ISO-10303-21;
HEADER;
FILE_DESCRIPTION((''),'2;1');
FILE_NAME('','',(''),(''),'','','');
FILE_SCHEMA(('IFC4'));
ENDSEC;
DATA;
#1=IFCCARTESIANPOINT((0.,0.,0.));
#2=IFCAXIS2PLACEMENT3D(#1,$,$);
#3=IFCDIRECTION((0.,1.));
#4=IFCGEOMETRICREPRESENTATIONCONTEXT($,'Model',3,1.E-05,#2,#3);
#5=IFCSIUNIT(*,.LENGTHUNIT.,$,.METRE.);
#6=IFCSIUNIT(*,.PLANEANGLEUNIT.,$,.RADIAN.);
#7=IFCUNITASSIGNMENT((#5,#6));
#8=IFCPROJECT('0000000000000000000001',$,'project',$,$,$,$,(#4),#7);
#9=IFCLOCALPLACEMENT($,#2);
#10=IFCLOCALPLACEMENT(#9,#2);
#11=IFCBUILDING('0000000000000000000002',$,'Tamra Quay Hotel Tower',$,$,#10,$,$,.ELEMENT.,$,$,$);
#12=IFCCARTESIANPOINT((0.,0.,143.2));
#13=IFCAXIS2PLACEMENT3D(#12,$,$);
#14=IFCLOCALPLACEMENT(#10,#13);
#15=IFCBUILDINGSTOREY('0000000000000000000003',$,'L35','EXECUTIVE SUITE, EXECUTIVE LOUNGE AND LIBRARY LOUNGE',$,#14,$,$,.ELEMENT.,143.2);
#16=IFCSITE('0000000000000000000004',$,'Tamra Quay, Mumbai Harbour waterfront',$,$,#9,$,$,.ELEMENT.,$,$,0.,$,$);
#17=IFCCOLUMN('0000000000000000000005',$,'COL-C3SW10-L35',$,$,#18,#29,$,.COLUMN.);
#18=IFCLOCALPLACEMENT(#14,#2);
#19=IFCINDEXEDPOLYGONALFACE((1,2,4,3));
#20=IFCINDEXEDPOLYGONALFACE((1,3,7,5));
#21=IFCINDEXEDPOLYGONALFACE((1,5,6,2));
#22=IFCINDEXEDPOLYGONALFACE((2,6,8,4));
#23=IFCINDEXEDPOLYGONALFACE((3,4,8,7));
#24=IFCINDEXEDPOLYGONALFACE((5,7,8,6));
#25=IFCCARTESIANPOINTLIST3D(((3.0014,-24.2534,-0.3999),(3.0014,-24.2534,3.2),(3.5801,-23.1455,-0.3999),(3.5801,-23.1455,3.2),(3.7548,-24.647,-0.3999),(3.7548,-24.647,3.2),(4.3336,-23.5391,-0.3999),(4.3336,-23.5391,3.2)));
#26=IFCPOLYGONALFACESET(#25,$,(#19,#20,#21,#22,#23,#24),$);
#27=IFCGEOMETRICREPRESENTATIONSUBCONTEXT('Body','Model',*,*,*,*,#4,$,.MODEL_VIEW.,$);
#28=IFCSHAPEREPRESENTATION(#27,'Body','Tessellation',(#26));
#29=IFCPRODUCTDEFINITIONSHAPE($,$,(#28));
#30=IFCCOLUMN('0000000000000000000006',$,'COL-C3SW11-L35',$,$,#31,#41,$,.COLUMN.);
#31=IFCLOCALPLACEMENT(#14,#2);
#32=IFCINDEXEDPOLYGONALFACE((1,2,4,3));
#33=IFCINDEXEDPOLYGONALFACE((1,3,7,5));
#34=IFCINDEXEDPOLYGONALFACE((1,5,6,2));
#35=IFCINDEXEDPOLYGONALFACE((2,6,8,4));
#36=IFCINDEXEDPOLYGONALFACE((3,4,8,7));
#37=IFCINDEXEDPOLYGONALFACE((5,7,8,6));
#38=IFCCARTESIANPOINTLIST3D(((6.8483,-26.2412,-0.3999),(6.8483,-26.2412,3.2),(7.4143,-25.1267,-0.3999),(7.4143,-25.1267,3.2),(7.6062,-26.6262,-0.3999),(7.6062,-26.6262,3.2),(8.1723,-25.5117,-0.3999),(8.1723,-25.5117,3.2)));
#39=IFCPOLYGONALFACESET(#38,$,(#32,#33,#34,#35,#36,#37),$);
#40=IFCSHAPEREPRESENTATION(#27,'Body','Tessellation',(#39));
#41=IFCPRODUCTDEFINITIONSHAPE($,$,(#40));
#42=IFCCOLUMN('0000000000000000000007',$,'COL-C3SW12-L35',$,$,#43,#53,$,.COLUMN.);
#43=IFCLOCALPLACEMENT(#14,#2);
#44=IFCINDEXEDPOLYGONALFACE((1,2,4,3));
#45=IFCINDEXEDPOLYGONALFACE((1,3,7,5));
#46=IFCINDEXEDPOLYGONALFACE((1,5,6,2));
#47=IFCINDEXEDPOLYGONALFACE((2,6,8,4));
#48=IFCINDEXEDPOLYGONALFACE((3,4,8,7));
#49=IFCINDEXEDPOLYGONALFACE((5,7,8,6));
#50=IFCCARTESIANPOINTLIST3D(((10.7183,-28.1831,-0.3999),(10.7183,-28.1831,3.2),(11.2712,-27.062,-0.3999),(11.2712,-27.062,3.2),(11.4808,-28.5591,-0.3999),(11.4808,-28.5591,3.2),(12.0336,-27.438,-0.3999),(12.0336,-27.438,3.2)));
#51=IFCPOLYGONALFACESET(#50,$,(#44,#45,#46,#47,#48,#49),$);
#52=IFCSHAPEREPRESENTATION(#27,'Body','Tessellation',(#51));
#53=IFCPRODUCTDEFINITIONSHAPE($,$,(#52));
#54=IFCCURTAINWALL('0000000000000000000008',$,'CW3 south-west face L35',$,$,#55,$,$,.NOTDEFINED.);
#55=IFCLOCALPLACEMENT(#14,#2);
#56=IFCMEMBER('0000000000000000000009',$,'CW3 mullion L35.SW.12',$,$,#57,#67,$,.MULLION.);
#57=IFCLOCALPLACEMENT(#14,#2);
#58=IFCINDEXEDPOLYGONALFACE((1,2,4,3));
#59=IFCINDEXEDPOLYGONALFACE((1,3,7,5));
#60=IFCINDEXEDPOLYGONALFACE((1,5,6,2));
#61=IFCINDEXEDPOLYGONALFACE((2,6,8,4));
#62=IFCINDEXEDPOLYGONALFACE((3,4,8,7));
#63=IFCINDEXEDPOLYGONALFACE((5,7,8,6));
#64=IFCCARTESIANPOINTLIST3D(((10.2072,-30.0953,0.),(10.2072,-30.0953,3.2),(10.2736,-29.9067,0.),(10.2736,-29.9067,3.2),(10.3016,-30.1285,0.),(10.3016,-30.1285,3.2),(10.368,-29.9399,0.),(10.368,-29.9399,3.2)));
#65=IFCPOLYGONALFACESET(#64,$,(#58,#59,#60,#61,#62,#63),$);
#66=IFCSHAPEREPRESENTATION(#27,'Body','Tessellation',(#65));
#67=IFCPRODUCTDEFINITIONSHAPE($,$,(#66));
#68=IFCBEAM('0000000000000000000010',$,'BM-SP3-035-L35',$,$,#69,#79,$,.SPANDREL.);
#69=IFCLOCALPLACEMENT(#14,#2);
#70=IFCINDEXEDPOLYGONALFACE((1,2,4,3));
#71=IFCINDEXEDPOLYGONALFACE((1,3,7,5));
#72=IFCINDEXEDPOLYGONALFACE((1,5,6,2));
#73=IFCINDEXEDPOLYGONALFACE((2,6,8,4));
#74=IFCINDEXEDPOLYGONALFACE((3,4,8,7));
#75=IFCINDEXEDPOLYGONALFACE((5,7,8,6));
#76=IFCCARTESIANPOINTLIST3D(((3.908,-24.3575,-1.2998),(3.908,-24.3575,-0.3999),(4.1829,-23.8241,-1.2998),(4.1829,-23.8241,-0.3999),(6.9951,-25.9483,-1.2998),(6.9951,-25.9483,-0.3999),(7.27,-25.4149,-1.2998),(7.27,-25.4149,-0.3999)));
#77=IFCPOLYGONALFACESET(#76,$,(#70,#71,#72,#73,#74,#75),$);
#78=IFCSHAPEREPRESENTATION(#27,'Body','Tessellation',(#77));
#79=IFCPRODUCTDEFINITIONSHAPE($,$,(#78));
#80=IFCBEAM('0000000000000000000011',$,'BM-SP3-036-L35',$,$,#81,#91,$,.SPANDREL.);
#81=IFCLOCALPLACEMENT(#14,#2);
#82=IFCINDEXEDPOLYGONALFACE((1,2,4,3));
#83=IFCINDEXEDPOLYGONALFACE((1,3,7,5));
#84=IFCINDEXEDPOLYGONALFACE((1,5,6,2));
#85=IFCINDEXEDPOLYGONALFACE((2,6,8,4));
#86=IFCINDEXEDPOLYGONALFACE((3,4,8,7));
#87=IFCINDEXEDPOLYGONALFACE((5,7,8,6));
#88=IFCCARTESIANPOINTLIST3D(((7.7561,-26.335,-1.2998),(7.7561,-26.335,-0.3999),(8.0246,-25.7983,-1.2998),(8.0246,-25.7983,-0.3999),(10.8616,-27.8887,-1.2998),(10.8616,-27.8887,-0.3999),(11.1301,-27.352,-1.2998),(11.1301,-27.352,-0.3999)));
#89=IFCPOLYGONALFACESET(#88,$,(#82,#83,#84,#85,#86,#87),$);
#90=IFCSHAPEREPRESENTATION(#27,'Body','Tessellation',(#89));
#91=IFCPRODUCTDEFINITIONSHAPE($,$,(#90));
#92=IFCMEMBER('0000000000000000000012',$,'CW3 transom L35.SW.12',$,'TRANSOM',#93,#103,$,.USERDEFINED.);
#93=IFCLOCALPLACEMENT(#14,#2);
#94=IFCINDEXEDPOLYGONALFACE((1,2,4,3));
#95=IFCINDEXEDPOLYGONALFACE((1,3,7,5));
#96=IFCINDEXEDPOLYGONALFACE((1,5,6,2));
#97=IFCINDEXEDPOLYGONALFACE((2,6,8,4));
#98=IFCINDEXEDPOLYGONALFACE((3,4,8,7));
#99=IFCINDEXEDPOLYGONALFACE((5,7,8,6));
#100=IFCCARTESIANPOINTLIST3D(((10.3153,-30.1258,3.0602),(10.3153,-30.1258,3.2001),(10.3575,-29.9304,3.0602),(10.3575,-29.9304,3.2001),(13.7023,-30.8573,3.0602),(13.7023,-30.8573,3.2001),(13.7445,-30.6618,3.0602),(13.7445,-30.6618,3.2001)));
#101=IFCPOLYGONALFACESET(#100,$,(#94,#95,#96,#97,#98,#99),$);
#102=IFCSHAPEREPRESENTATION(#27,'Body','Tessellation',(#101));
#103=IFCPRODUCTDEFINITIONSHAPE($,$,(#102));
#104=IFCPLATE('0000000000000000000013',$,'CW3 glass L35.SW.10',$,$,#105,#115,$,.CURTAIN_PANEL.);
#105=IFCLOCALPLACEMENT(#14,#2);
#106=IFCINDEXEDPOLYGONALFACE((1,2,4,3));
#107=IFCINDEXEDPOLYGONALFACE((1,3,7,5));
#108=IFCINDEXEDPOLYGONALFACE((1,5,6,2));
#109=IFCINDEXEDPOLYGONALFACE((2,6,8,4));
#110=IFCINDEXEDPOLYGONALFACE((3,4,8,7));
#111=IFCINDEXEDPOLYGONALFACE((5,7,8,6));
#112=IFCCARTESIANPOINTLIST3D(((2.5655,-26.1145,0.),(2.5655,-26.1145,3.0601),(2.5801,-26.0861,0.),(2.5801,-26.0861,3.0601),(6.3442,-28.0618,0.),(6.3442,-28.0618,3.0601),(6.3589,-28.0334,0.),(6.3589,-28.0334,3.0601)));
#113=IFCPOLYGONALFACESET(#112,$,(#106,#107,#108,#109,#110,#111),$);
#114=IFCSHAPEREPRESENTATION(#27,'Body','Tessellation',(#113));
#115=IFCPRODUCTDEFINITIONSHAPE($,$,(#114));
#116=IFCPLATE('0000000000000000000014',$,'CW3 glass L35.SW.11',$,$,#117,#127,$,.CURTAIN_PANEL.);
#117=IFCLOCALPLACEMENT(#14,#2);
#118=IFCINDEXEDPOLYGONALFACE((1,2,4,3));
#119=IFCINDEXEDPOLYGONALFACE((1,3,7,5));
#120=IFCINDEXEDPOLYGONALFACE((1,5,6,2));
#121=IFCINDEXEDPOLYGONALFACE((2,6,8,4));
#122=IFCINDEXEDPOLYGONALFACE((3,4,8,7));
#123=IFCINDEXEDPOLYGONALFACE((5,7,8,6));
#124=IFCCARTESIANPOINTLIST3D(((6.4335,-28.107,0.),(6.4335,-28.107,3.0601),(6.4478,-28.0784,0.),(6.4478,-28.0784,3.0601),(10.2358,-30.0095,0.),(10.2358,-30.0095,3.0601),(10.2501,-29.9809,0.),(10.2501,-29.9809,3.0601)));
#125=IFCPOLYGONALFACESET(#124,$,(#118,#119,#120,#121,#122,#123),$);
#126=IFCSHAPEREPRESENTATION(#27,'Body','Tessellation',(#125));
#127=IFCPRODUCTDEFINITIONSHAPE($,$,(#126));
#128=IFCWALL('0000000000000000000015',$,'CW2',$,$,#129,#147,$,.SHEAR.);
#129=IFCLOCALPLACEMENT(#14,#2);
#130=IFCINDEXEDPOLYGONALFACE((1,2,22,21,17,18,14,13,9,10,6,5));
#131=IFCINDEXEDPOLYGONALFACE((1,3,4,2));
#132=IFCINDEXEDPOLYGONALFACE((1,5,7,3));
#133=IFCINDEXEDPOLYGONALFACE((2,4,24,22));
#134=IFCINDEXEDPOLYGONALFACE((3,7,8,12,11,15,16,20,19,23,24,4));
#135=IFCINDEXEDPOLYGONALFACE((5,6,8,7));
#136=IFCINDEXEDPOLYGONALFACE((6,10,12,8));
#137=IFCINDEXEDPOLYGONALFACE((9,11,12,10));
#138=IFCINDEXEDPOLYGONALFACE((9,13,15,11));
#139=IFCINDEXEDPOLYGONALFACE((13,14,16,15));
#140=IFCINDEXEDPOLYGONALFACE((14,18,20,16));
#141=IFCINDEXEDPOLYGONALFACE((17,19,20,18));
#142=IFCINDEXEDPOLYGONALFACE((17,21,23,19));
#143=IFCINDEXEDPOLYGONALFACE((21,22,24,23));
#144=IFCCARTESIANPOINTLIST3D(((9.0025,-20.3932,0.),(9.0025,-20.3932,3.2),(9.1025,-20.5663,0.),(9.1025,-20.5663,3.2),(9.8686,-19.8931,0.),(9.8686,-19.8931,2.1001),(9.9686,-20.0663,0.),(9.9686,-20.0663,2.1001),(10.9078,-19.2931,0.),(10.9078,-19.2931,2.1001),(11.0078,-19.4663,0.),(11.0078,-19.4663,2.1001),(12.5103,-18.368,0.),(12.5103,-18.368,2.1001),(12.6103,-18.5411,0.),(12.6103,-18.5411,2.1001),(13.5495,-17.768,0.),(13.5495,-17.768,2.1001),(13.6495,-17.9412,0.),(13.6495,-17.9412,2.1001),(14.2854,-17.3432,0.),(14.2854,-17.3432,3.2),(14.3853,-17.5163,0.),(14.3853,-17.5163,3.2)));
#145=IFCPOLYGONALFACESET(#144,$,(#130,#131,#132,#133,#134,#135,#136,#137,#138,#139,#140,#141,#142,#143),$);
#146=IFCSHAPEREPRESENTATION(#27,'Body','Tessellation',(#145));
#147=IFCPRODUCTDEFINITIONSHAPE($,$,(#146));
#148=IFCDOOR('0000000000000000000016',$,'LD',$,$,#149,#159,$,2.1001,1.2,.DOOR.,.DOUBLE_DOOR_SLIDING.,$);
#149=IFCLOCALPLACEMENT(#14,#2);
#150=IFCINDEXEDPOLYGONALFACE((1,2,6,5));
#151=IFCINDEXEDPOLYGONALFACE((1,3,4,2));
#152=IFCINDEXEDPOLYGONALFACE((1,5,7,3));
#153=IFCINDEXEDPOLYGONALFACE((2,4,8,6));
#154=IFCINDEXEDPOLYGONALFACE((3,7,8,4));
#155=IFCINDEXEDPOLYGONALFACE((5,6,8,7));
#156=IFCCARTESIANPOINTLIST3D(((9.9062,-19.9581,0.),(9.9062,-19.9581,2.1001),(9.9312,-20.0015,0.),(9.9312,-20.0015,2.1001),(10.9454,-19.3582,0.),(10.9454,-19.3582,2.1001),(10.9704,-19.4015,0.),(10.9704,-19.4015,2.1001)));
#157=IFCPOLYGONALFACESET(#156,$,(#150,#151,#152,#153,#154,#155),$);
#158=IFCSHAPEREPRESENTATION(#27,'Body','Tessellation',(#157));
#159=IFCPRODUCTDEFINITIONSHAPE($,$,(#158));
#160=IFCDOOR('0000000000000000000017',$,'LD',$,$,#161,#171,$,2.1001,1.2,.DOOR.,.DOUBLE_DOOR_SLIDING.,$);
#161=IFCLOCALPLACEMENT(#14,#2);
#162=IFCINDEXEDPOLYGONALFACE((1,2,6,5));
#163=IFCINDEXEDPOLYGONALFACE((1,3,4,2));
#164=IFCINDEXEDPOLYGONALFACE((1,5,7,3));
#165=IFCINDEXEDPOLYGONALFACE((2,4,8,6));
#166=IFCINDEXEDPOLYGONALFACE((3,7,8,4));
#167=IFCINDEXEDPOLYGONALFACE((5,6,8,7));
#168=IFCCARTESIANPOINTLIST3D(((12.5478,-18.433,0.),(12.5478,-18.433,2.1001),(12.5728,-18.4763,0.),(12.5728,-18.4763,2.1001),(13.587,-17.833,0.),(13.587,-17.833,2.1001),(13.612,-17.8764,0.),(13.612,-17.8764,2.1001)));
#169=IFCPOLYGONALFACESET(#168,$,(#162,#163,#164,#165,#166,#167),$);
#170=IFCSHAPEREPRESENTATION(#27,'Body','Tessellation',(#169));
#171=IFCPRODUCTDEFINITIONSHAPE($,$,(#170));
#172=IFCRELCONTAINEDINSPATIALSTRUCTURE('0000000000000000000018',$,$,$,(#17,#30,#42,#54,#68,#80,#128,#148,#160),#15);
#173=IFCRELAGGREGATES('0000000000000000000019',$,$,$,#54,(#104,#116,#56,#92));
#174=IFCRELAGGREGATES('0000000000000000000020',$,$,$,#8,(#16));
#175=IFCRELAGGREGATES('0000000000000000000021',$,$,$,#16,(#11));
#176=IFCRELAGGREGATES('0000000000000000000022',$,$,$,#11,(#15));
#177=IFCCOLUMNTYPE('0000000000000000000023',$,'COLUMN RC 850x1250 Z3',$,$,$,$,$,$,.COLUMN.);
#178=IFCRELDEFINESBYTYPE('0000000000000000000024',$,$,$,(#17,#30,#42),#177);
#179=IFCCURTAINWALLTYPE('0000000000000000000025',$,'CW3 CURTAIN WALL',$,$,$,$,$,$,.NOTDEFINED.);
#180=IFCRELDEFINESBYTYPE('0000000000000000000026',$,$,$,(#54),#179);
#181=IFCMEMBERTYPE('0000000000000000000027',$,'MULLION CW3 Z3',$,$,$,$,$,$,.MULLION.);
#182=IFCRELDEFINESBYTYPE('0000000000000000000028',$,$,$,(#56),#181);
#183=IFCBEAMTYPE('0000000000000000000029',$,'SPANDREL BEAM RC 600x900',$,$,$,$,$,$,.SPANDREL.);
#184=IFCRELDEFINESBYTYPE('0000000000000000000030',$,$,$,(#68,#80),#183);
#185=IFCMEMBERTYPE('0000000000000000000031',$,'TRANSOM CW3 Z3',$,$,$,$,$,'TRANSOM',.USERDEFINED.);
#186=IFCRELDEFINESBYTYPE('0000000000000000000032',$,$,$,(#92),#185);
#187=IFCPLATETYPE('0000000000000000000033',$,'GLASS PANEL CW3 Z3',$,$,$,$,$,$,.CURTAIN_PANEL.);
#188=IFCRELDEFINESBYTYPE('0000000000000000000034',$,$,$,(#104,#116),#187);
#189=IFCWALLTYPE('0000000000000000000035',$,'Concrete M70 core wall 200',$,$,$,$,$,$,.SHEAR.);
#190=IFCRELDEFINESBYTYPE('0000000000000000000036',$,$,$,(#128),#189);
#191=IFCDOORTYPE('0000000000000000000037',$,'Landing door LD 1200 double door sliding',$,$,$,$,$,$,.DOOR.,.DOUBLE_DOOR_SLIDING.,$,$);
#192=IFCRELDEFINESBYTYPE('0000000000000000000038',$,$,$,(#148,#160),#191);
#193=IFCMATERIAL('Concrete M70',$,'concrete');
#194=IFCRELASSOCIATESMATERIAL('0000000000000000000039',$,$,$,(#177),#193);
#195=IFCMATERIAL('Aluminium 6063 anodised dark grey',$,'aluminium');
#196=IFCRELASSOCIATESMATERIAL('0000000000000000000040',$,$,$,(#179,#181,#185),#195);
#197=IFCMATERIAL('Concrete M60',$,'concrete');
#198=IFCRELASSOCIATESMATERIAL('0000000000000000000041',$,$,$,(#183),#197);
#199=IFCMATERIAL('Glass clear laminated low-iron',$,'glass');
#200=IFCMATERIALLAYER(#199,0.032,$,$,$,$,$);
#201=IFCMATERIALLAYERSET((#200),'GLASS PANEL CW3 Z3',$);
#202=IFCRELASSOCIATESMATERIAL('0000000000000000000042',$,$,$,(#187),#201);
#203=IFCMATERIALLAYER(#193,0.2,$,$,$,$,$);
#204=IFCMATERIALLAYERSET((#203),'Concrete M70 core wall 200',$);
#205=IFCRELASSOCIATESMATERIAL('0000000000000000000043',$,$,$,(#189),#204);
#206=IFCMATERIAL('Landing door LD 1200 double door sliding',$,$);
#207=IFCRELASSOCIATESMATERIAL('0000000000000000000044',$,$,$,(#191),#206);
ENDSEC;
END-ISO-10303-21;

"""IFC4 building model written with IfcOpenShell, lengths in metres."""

from ifc_helpers import new_model, si_unit, direction, frame, frame_2d, origin, origin_2d, place, context, subcontext, project, spatial, rectangle, extrude, material, layer, layer_set, material_profile, profile_set, type_object, element, fill, aggregate, save


model = new_model("IFC4")

# Units and contexts
model_context = context("Model", 3, precision=1e-05, world=origin(), true_north=direction((0.0, 1.0)))
body_context = subcontext(model_context, "Body", "Model", "MODEL_VIEW")
ifc_project = project(units=[si_unit("LENGTHUNIT", "METRE"), si_unit("PLANEANGLEUNIT", "RADIAN")], contexts=[model_context])

# Site, building, storey
site_placement = place(None, origin())
site = spatial("IfcSite", under=ifc_project, at=site_placement, Name="Tamra Quay, Mumbai Harbour waterfront", CompositionType="ELEMENT", RefElevation=0.0)
building_placement = place(site_placement, origin())
building = spatial("IfcBuilding", under=site, at=building_placement, Name="Tamra Quay Hotel Tower", CompositionType="ELEMENT")
storey_placement = place(building_placement, frame((0.0, 0.0, 143.2)))
storey = spatial("IfcBuildingStorey", under=building, at=storey_placement, Name="L35", Description="EXECUTIVE SUITE, EXECUTIVE LOUNGE AND LIBRARY LOUNGE", CompositionType="ELEMENT", Elevation=143.2)

# Columns
ifc_material_1 = material(Name="Concrete M70", Category="concrete")
ifc_material_profile_1 = material_profile(ifc_material_1, rectangle(XDim=1.25, YDim=0.8501, at=origin_2d()), Name="COLUMN RC 850x1250 Z3")
ifc_profile_set_1 = profile_set([ifc_material_profile_1], Name="Concrete M70")
column_type = type_object("IfcColumnType", Name="COLUMN RC 850x1250 Z3", PredefinedType="COLUMN", material=ifc_profile_set_1)
for number, where, z_axis, x_axis, name in (
    (1, (3.6675, -23.8962, -0.3999), (0.0, 0.0, 1.0), (0.463007, 0.886355, 0.0), "COL-C3SW10-L35"),
    (2, (7.5103, -25.8765, -0.3999), (0.0, 0.0, 1.0), (0.45286, 0.891582, 0.0), "COL-C3SW11-L35"),
    (3, (11.376, -27.8105, -0.3999), (0.0, 0.0, 1.0), (0.442275, 0.89688, 0.0), "COL-C3SW12-L35"),
):
    element("IfcColumn", number, at=place(storey_placement, frame(where, z_axis=z_axis, x_axis=x_axis)), inside=storey, type_object=column_type, Name=name, PredefinedType="COLUMN", context=body_context, shape_type="SweptSolid", body=[
        extrude(rectangle(XDim=1.25, YDim=0.8501, at=origin_2d()), origin(), (0.0, 0.0, 1.0), 3.5999),
    ])

# Curtain wall, member
ifc_material_2 = material(Name="Aluminium 6063 anodised dark grey", Category="aluminium")
curtain_wall_type = type_object("IfcCurtainWallType", Name="CW3 CURTAIN WALL", PredefinedType="NOTDEFINED", material=ifc_material_2)
curtain_wall_placement = place(storey_placement, origin())
curtain_wall = element("IfcCurtainWall", 4, at=curtain_wall_placement, inside=storey, type_object=curtain_wall_type, Name="CW3 south-west face L35", PredefinedType="NOTDEFINED")
ifc_material_profile_2 = material_profile(ifc_material_2, rectangle(XDim=0.2, YDim=0.1001, at=origin_2d()), Name="MULLION 100X200")
ifc_profile_set_2 = profile_set([ifc_material_profile_2], Name="Aluminium 6063 anodised dark grey")
member_type_1 = type_object("IfcMemberType", Name="MULLION CW3 Z3", PredefinedType="MULLION", material=ifc_profile_set_2)
member_1_placement = place(storey_placement, frame((10.2876, -30.0176, 0.0), z_axis=(0.0, 0.0, 1.0), x_axis=(-0.331894, -0.943317, 0.0)))
member_1 = element("IfcMember", 5, at=member_1_placement, type_object=member_type_1, Name="CW3 mullion L35.SW.12", PredefinedType="MULLION", context=body_context, shape_type="SweptSolid", body=[
    extrude(rectangle(XDim=0.2, YDim=0.1001, at=origin_2d()), origin(), (0.0, 0.0, 1.0), 3.2),
])

# Beams
ifc_material_3 = material(Name="Concrete M60", Category="concrete")
ifc_material_profile_3 = material_profile(ifc_material_3, rectangle(XDim=0.6001, YDim=0.8999, at=origin_2d()), Name="SPANDREL BEAM RC 600x900")
ifc_profile_set_3 = profile_set([ifc_material_profile_3], Name="Concrete M60")
beam_type = type_object("IfcBeamType", Name="SPANDREL BEAM RC 600x900", PredefinedType="SPANDREL", material=ifc_profile_set_3)
beam_1_placement = place(storey_placement, frame((4.0454, -24.0908, -0.8499), z_axis=(0.88892, -0.458063, 0.0), x_axis=(0.458063, 0.88892, 0.0)))
element("IfcBeam", 6, at=beam_1_placement, inside=storey, type_object=beam_type, Name="BM-SP3-035-L35", PredefinedType="SPANDREL", context=body_context, shape_type="SweptSolid", body=[
    extrude(rectangle(XDim=0.6001, YDim=0.8999, at=origin_2d()), origin(), (0.0, 0.0, 1.0), 3.4729),
])
beam_2_placement = place(storey_placement, frame((7.8904, -26.0667, -0.8499), z_axis=(0.894315, -0.447439, 0.0), x_axis=(0.447439, 0.894315, 0.0)))
element("IfcBeam", 7, at=beam_2_placement, inside=storey, type_object=beam_type, Name="BM-SP3-036-L35", PredefinedType="SPANDREL", context=body_context, shape_type="SweptSolid", body=[
    extrude(rectangle(XDim=0.6001, YDim=0.8999, at=origin_2d()), origin(), (0.0, 0.0, 1.0), 3.4724),
])

# Member
ifc_material_profile_4 = material_profile(ifc_material_2, rectangle(XDim=0.2, YDim=0.1399, at=origin_2d()), Name="TRANSOM 200X140")
ifc_profile_set_4 = profile_set([ifc_material_profile_4], Name="Aluminium 6063 anodised dark grey")
member_type_2 = type_object("IfcMemberType", Name="TRANSOM CW3 Z3", ElementType="TRANSOM", PredefinedType="USERDEFINED", material=ifc_profile_set_4)
member_2_placement = place(storey_placement, frame((10.3364, -30.0281, 3.1301), z_axis=(0.977466, -0.211093, 0.0), x_axis=(0.211093, 0.977466, 0.0)))
member_2 = element("IfcMember", 8, at=member_2_placement, type_object=member_type_2, Name="CW3 transom L35.SW.12", ObjectType="TRANSOM", PredefinedType="USERDEFINED", context=body_context, shape_type="SweptSolid", body=[
    extrude(rectangle(XDim=0.2, YDim=0.1399, at=origin_2d()), origin(), (0.0, 0.0, 1.0), 3.4651),
])

# Plates
ifc_material_4 = material(Name="Glass clear laminated low-iron", Category="glass")
ifc_layer_1 = layer(ifc_material_4, 0.032)
ifc_layer_set_1 = layer_set([ifc_layer_1], Name="GLASS PANEL CW3 Z3")
plate_type = type_object("IfcPlateType", Name="GLASS PANEL CW3 Z3", PredefinedType="CURTAIN_PANEL", material=ifc_layer_set_1)
plate_1_placement = place(storey_placement, frame((4.4622, -27.074, 0.0), z_axis=(0.0, 0.0, 1.0), x_axis=(0.888911, -0.458079, 0.0)))
plate_1 = element("IfcPlate", 9, at=plate_1_placement, type_object=plate_type, Name="CW3 glass L35.SW.10", PredefinedType="CURTAIN_PANEL", context=body_context, shape_type="SweptSolid", body=[
    extrude(rectangle(XDim=4.251, YDim=0.032, at=origin_2d()), origin(), (0.0, 0.0, 1.0), 3.0601),
])
plate_2_placement = place(storey_placement, frame((8.3418, -29.0439, 0.0), z_axis=(0.0, 0.0, 1.0), x_axis=(0.894305, -0.447459, 0.0)))
plate_2 = element("IfcPlate", 10, at=plate_2_placement, type_object=plate_type, Name="CW3 glass L35.SW.11", PredefinedType="CURTAIN_PANEL", context=body_context, shape_type="SweptSolid", body=[
    extrude(rectangle(XDim=4.2517, YDim=0.032, at=origin_2d()), origin(), (0.0, 0.0, 1.0), 3.0601),
])
aggregate(curtain_wall, [plate_1, plate_2, member_1, member_2])

# Wall, openings, doors
ifc_layer_2 = layer(ifc_material_1, 0.2)
ifc_layer_set_2 = layer_set([ifc_layer_2], Name="Concrete M70 core wall 200")
wall_type_1 = type_object("IfcWallType", Name="Concrete M70 core wall 200", PredefinedType="SHEAR", material=ifc_layer_set_2)
wall_1_placement = place(storey_placement, frame((9.0525, -20.4797, 0.0), z_axis=(0.0, 0.0, 1.0), x_axis=(0.86603, 0.499992, 0.0)))
wall_1 = element("IfcWall", 11, at=wall_1_placement, inside=storey, type_object=wall_type_1, Name="CW2", PredefinedType="SHEAR", context=body_context, shape_type="SweptSolid", body=[
    extrude(rectangle(XDim=6.1001, YDim=0.2, at=frame_2d((3.05, 0.0))), origin(), (0.0, 0.0, 1.0), 3.2),
])
opening_1_placement = place(wall_1_placement, frame((1.0, 0.0, 0.0)))
opening_1 = element("IfcOpeningElement", 12, at=opening_1_placement, cuts=wall_1, PredefinedType="OPENING", context=body_context, shape_type="SweptSolid", body=[
    extrude(rectangle(XDim=1.2, YDim=2.1001, at=frame_2d((0.6001, 1.05))), frame((0.0, 0.1099, 0.0), z_axis=(0.0, -1.0, 0.0), x_axis=(1.0, 0.0, 0.0)), (0.0, 0.0, 1.0), 0.22),
])
opening_2_placement = place(wall_1_placement, frame((4.0503, 0.0, 0.0)))
opening_2 = element("IfcOpeningElement", 13, at=opening_2_placement, cuts=wall_1, PredefinedType="OPENING", context=body_context, shape_type="SweptSolid", body=[
    extrude(rectangle(XDim=1.2, YDim=2.1001, at=frame_2d((0.6001, 1.05))), frame((0.0, 0.1099, 0.0), z_axis=(0.0, -1.0, 0.0), x_axis=(1.0, 0.0, 0.0)), (0.0, 0.0, 1.0), 0.22),
])
ifc_material_5 = material(Name="Landing door LD 1200 double door sliding")
door_type_1 = type_object("IfcDoorType", Name="Landing door LD 1200 double door sliding", OperationType="DOUBLE_DOOR_SLIDING", PredefinedType="DOOR", material=ifc_material_5)
door_1_placement = place(opening_1_placement, origin())
door_1 = element("IfcDoor", 14, at=door_1_placement, inside=storey, type_object=door_type_1, Name="LD", OperationType="DOUBLE_DOOR_SLIDING", OverallHeight=2.1001, OverallWidth=1.2, PredefinedType="DOOR", context=body_context, shape_type="SweptSolid", body=[
    extrude(rectangle(XDim=1.2, YDim=2.1001, at=frame_2d((0.6001, 1.05))), frame((0.0, 0.0249, 0.0), z_axis=(0.0, -1.0, 0.0), x_axis=(1.0, 0.0, 0.0)), (0.0, 0.0, 1.0), 0.05),
])
fill(opening_1, door_1)
door_2_placement = place(opening_2_placement, origin())
door_2 = element("IfcDoor", 15, at=door_2_placement, inside=storey, type_object=door_type_1, Name="LD", OperationType="DOUBLE_DOOR_SLIDING", OverallHeight=2.1001, OverallWidth=1.2, PredefinedType="DOOR", context=body_context, shape_type="SweptSolid", body=[
    extrude(rectangle(XDim=1.2, YDim=2.1001, at=frame_2d((0.6001, 1.05))), frame((0.0, 0.0249, 0.0), z_axis=(0.0, -1.0, 0.0), x_axis=(1.0, 0.0, 0.0)), (0.0, 0.0, 1.0), 0.05),
])
fill(opening_2, door_2)

save(model, "model.ifc")
